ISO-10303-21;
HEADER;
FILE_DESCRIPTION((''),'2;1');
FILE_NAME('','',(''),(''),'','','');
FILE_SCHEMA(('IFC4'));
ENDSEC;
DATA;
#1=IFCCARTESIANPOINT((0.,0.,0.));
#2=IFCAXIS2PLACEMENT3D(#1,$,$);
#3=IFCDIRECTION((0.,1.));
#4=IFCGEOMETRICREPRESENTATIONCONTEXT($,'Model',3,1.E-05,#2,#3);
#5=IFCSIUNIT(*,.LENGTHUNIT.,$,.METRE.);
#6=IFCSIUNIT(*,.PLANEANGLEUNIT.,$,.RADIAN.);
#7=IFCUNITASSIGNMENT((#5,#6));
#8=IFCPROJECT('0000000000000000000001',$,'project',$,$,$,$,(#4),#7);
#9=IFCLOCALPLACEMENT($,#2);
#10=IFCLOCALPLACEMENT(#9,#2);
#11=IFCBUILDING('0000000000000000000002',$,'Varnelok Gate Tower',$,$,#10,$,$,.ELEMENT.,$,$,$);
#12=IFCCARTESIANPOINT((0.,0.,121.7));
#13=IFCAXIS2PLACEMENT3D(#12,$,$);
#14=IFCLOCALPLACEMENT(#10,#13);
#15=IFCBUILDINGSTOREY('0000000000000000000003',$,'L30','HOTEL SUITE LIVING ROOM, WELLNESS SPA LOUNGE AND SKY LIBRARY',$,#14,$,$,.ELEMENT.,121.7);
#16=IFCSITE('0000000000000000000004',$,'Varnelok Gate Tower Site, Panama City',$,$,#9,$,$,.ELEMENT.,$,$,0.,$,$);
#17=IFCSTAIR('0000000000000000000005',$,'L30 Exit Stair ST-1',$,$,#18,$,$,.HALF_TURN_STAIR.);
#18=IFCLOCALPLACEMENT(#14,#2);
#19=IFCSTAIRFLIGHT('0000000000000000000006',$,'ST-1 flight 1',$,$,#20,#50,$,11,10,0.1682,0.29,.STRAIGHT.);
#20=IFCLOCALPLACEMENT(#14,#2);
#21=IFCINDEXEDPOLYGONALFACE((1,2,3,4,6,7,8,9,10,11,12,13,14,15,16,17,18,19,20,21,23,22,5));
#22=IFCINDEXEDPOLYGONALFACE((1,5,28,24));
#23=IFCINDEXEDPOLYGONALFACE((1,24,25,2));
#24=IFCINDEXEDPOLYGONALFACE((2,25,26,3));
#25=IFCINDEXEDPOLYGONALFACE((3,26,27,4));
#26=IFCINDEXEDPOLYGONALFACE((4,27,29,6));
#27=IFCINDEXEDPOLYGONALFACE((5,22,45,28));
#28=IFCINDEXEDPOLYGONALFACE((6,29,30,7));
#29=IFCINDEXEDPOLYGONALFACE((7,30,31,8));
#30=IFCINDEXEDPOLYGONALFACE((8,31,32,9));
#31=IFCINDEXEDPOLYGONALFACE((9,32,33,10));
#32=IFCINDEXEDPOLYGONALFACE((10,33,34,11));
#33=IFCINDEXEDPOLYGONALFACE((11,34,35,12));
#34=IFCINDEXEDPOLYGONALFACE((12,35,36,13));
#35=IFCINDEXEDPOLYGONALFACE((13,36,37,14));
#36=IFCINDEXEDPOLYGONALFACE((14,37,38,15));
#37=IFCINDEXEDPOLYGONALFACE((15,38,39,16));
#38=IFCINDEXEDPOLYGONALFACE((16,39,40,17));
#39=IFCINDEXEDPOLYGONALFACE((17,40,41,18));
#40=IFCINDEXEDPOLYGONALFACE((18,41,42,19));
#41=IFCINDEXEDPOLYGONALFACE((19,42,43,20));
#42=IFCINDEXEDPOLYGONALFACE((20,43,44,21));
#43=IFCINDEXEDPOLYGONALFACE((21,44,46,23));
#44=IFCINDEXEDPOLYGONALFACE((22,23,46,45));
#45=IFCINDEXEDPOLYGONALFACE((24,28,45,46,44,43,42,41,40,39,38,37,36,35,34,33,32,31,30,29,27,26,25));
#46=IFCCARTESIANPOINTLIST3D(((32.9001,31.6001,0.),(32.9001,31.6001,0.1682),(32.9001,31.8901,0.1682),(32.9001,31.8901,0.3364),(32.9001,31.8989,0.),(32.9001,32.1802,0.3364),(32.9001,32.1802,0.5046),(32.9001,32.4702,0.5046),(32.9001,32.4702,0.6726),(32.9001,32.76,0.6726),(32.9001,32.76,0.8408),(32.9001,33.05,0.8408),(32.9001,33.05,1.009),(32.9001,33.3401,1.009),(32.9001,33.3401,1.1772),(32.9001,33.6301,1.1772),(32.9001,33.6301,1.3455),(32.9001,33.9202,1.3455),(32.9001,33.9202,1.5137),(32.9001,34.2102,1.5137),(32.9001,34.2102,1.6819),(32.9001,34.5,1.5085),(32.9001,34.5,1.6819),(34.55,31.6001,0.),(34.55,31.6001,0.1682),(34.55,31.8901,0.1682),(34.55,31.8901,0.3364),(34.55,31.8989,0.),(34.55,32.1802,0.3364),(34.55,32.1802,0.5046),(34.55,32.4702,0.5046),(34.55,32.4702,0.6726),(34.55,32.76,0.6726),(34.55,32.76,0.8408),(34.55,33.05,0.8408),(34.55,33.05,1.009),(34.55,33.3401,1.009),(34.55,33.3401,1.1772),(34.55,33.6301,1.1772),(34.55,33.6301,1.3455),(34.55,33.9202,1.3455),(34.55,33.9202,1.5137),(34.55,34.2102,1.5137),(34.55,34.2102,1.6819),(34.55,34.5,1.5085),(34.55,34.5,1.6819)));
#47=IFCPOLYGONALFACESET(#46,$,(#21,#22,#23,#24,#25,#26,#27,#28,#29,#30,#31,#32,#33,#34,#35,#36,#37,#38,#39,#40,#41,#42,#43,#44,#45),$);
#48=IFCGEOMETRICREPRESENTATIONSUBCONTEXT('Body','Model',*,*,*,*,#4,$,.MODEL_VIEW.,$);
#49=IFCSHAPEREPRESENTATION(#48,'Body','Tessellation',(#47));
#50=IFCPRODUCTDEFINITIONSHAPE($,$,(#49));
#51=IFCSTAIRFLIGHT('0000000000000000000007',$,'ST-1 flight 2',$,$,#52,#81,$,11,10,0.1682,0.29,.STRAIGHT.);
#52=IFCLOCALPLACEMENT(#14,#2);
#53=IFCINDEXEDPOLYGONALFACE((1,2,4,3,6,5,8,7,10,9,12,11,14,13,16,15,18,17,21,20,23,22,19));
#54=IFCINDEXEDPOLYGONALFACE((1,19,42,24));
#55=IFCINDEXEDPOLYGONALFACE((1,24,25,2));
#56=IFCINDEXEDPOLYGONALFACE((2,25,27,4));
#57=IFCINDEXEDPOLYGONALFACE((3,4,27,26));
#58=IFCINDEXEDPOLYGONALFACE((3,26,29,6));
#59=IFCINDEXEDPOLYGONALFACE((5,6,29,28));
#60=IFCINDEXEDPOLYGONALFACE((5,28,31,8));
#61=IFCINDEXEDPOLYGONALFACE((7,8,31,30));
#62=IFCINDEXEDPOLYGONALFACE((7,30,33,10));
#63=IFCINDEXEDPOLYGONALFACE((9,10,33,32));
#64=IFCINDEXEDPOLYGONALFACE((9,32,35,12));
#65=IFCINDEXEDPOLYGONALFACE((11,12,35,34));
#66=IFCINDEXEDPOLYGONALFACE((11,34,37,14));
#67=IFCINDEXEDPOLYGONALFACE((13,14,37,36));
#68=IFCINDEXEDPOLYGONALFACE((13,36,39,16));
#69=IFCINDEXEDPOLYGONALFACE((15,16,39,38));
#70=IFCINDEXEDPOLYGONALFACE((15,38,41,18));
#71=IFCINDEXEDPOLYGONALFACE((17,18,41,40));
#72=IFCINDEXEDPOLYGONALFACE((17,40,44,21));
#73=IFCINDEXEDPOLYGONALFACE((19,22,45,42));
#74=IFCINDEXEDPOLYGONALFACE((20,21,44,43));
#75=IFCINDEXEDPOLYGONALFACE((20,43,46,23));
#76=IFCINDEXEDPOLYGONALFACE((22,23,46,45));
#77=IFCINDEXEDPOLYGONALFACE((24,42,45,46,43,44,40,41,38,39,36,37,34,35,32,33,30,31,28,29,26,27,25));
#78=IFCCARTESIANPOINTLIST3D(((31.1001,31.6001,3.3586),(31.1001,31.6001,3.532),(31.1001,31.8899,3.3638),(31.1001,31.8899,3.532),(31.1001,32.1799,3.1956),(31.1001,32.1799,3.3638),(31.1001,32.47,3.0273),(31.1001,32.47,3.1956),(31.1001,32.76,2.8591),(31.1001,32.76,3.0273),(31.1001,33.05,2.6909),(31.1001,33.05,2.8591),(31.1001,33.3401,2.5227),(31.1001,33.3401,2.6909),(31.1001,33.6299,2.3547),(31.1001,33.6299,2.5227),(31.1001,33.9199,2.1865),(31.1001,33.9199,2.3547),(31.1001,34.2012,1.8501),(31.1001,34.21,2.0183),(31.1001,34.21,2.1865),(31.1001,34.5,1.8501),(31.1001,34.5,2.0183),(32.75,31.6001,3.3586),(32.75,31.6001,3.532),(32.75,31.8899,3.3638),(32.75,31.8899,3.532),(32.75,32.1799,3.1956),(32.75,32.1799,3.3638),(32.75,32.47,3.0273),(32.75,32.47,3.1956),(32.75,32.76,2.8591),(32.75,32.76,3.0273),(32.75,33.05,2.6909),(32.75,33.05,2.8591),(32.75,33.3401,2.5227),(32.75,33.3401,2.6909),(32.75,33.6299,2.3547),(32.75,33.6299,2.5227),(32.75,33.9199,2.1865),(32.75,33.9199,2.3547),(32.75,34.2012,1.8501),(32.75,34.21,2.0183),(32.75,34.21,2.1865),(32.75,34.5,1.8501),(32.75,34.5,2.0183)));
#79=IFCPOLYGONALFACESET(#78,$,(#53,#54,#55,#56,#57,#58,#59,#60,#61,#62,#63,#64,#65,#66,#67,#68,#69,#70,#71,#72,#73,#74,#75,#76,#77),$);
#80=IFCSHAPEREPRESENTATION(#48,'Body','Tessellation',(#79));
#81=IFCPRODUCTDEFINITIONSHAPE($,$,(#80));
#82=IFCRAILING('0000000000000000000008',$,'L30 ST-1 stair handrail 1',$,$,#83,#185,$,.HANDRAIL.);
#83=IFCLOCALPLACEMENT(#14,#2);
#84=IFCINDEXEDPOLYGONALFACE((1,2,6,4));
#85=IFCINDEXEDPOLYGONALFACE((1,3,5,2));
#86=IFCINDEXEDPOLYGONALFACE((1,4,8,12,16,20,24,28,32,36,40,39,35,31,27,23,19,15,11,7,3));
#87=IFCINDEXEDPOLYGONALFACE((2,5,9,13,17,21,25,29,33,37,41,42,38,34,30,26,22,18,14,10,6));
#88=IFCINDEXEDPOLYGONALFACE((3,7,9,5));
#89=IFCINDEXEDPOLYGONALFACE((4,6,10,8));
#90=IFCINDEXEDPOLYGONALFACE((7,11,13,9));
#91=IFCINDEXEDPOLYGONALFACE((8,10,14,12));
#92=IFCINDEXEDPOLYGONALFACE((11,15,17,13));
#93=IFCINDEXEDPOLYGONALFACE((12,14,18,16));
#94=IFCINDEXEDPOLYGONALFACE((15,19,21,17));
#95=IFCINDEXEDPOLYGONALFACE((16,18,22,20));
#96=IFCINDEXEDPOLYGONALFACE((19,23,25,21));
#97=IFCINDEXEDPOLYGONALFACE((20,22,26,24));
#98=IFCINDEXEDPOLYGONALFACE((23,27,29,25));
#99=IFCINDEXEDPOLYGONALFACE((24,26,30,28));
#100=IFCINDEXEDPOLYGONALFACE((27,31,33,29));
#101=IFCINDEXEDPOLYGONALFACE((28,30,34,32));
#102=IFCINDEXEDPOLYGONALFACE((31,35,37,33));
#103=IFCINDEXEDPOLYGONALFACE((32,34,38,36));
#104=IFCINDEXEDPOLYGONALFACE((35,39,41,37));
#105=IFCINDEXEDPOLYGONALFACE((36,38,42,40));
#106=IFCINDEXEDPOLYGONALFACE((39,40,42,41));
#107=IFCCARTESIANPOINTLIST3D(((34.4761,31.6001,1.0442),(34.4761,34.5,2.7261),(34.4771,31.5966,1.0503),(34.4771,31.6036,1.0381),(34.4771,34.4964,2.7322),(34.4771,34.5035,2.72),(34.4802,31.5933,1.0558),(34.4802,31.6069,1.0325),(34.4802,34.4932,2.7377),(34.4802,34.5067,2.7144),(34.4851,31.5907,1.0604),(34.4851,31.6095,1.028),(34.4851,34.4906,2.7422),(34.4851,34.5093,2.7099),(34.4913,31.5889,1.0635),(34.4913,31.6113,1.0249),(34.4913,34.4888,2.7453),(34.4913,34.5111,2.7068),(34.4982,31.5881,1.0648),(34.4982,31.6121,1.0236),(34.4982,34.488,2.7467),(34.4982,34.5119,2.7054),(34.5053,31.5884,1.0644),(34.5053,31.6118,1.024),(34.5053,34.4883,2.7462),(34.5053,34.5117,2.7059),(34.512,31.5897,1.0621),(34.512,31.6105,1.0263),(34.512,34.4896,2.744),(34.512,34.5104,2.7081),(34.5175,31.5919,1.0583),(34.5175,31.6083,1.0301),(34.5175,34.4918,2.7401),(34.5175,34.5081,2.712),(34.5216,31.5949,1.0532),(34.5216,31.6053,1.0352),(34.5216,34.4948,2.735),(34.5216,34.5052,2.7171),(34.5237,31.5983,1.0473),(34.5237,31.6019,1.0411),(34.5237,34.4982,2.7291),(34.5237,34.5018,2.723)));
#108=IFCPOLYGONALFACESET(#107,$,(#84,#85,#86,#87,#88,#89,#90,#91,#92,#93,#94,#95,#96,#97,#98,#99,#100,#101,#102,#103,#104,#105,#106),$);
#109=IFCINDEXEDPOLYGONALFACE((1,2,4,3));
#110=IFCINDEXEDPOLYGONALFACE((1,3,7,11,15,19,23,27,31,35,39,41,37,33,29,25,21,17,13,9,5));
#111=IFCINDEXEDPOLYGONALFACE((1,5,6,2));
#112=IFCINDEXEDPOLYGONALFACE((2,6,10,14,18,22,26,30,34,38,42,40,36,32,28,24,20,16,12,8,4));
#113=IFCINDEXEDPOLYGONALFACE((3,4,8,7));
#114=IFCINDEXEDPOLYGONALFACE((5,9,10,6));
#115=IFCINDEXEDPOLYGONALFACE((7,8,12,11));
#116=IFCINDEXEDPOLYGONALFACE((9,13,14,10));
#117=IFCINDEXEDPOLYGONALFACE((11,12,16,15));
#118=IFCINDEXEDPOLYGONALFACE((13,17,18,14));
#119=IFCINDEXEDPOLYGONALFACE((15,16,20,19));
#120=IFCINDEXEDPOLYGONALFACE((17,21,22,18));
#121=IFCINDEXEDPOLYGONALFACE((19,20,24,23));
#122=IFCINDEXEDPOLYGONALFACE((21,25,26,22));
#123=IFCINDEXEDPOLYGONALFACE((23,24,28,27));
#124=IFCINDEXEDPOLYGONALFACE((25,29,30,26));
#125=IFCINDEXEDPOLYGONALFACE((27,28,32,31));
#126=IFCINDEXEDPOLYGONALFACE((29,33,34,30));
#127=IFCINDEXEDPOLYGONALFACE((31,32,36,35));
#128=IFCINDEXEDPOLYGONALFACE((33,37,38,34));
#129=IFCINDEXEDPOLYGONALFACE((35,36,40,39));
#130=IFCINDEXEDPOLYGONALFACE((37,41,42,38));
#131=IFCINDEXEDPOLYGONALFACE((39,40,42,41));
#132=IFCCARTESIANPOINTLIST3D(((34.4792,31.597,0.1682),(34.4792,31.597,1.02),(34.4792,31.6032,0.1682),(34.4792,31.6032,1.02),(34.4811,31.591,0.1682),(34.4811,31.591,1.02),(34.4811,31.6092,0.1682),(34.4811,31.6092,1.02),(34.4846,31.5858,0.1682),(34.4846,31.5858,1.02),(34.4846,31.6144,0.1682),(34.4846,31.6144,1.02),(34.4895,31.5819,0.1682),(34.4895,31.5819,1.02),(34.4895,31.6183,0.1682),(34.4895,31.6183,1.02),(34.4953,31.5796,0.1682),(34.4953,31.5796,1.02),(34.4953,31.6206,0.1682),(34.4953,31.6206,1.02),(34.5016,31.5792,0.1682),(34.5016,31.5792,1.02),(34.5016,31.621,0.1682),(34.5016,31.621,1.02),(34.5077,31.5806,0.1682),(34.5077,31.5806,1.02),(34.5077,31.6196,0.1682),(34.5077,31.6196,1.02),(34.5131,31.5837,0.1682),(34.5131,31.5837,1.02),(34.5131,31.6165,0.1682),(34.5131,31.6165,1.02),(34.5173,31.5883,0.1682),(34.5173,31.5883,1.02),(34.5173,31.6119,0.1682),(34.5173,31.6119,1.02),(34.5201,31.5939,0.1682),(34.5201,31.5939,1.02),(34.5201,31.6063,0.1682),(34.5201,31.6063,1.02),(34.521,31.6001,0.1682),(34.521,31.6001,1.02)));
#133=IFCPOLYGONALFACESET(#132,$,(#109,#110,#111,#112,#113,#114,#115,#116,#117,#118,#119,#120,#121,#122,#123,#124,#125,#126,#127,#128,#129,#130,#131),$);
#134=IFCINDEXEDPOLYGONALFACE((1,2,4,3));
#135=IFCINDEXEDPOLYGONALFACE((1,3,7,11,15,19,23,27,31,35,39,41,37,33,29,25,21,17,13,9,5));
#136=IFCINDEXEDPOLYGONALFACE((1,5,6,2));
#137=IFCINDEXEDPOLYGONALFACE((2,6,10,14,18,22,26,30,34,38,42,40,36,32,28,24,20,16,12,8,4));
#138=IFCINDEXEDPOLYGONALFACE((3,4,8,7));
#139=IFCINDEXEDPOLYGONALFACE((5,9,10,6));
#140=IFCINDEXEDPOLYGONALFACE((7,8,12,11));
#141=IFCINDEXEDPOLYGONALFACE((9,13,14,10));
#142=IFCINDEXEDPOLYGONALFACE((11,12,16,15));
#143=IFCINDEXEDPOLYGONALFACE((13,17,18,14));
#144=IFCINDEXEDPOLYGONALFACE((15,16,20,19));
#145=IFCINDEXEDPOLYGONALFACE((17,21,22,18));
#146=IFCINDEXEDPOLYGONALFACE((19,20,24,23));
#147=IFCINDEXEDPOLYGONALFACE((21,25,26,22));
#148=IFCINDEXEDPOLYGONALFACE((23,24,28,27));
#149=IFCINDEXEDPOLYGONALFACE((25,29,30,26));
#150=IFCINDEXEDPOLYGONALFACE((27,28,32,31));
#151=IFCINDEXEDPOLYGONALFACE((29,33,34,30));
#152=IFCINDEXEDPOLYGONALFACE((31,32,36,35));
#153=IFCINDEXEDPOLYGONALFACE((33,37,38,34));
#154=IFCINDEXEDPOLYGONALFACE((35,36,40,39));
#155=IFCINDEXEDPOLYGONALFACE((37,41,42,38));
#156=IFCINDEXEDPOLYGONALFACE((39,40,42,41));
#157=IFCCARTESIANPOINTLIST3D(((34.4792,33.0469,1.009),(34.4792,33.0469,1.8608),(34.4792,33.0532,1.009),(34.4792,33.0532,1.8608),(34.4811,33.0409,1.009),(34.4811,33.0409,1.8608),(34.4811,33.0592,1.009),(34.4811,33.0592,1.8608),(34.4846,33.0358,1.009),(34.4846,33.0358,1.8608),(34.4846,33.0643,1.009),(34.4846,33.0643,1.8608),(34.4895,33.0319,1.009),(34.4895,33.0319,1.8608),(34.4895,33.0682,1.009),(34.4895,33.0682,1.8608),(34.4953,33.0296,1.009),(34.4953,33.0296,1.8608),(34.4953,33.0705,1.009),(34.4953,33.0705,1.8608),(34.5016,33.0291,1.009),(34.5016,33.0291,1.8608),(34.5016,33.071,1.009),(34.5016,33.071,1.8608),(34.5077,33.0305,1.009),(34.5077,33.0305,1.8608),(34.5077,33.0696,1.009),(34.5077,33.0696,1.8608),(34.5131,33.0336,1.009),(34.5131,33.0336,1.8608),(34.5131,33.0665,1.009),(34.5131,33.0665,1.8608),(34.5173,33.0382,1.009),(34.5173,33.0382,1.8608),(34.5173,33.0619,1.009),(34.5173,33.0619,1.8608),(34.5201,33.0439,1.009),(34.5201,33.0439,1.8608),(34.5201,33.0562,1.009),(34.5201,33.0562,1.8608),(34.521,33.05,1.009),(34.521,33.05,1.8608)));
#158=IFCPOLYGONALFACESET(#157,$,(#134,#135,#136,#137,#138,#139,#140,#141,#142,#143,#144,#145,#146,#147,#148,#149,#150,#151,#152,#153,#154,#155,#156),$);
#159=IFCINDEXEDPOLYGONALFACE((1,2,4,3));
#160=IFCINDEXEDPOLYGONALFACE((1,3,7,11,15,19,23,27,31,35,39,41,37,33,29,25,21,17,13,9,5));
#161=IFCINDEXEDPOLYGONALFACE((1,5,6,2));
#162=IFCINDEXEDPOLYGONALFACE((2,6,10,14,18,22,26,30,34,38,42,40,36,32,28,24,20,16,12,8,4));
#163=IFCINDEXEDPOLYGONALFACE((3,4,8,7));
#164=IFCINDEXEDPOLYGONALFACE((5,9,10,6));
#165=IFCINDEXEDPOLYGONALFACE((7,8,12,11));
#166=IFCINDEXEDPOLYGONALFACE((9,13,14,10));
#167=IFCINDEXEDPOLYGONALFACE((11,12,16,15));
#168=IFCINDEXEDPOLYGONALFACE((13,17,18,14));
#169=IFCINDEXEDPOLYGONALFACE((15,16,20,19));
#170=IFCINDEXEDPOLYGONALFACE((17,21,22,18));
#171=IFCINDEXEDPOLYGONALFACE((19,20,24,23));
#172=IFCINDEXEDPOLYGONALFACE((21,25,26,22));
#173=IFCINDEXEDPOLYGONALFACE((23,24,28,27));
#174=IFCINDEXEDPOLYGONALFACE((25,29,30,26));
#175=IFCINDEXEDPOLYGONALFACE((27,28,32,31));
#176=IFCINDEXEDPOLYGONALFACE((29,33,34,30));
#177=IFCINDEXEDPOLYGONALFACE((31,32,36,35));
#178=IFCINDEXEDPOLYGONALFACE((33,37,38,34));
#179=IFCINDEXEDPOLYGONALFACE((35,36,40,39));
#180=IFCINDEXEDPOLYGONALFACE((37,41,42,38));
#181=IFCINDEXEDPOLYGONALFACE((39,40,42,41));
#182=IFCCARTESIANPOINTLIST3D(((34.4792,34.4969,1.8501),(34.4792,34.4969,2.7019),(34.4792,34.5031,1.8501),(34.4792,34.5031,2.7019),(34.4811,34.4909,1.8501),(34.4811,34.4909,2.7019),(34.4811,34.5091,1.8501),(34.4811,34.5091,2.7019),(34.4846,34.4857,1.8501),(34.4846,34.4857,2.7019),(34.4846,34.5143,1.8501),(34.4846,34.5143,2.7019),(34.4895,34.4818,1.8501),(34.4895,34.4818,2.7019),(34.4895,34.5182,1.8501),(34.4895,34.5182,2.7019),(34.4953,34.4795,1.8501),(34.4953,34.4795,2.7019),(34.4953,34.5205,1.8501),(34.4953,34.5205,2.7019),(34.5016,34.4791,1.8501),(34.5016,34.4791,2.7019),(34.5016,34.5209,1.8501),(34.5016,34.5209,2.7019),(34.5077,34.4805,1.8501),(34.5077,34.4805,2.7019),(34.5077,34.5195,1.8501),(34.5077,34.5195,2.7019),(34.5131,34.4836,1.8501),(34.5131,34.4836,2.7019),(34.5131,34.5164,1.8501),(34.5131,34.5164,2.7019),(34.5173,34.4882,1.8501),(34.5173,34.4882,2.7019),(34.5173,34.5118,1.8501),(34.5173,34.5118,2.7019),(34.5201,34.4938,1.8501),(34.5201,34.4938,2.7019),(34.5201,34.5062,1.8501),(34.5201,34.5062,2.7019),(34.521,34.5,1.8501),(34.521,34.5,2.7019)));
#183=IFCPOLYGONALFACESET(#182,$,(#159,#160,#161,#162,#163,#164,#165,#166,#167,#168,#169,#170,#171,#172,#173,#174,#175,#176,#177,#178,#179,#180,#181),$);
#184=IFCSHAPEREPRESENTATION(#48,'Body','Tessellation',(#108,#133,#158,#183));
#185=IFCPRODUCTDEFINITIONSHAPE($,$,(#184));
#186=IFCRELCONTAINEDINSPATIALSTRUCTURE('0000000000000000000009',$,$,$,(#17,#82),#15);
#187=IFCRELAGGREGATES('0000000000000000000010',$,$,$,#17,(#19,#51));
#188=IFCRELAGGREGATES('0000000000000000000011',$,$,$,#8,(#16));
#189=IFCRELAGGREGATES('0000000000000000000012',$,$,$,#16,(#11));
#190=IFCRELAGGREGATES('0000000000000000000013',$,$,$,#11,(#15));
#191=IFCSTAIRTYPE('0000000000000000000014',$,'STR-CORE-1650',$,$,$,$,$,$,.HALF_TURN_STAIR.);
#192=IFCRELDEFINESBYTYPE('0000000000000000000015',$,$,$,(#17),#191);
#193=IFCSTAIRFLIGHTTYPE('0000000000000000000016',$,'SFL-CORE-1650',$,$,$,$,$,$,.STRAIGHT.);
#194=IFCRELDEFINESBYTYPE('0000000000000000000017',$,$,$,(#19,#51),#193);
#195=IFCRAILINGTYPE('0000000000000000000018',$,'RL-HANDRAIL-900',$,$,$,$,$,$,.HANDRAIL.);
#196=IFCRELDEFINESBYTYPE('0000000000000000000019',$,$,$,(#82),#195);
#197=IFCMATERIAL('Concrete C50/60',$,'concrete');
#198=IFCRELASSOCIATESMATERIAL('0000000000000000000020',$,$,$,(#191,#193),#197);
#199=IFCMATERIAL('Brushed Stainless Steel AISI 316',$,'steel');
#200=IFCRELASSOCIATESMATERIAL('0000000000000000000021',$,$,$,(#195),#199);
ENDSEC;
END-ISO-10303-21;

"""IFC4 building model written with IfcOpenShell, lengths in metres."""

from ifc_helpers import new_model, si_unit, direction, frame, origin, origin_2d, place, context, subcontext, project, spatial, polyline, circle, outline, extrude, material, type_object, element, aggregate, save


model = new_model("IFC4")

# Units and contexts
model_context = context("Model", 3, precision=1e-05, world=origin(), true_north=direction((0.0, 1.0)))
body_context = subcontext(model_context, "Body", "Model", "MODEL_VIEW")
ifc_project = project(units=[si_unit("LENGTHUNIT", "METRE"), si_unit("PLANEANGLEUNIT", "RADIAN")], contexts=[model_context])

# Site, building, storey
site_placement = place(None, origin())
site = spatial("IfcSite", under=ifc_project, at=site_placement, Name="Varnelok Gate Tower Site, Panama City", CompositionType="ELEMENT", RefElevation=0.0)
building_placement = place(site_placement, origin())
building = spatial("IfcBuilding", under=site, at=building_placement, Name="Varnelok Gate Tower", CompositionType="ELEMENT")
storey_placement = place(building_placement, frame((0.0, 0.0, 121.7)))
storey = spatial("IfcBuildingStorey", under=building, at=storey_placement, Name="L30", Description="HOTEL SUITE LIVING ROOM, WELLNESS SPA LOUNGE AND SKY LIBRARY", CompositionType="ELEMENT", Elevation=121.7)

# Stair, stair flights
ifc_material_1 = material(Name="Concrete C50/60", Category="concrete")
stair_type = type_object("IfcStairType", Name="STR-CORE-1650", PredefinedType="HALF_TURN_STAIR", material=ifc_material_1)
stair_placement = place(storey_placement, origin())
stair = element("IfcStair", 1, at=stair_placement, inside=storey, type_object=stair_type, Name="L30 Exit Stair ST-1", PredefinedType="HALF_TURN_STAIR")
stair_flight_type = type_object("IfcStairFlightType", Name="SFL-CORE-1650", PredefinedType="STRAIGHT", material=ifc_material_1)
stair_flight_1_placement = place(storey_placement, frame((33.7251, 31.6001, 0.0), z_axis=(0.0, 0.0, 1.0), x_axis=(0.0, 1.0, 0.0)))
stair_flight_1 = element("IfcStairFlight", 2, at=stair_flight_1_placement, type_object=stair_flight_type, Name="ST-1 flight 1", NumberOfRisers=11, NumberOfTreads=10, PredefinedType="STRAIGHT", RiserHeight=0.1682, TreadLength=0.29, context=body_context, shape_type="SweptSolid", body=[
    extrude(outline(polyline([(0.0, 0.0), (0.0, 0.1682), (0.29, 0.1682), (0.29, 0.3364), (0.5801, 0.3364), (0.5801, 0.5046), (0.8701, 0.5046), (0.8701, 0.6726), (1.1599, 0.6726), (1.1599, 0.8408), (1.45, 0.8408), (1.45, 1.009), (1.74, 1.009), (1.74, 1.1772), (2.03, 1.1772), (2.03, 1.3455), (2.3201, 1.3455), (2.3201, 1.5137), (2.6101, 1.5137), (2.6101, 1.6819), (2.8999, 1.6819), (2.8999, 1.8501), (2.8999, 1.5085), (0.2988, 0.0), (0.0, 0.0)])), frame((0.0, 0.825, 0.0), z_axis=(0.0, -1.0, 0.0), x_axis=(1.0, 0.0, 0.0)), (0.0, 0.0, 1.0), 1.6499),
])
stair_flight_2_placement = place(storey_placement, frame((31.925, 34.5, 1.8501), z_axis=(0.0, 0.0, 1.0), x_axis=(0.0, -1.0, 0.0)))
stair_flight_2 = element("IfcStairFlight", 3, at=stair_flight_2_placement, type_object=stair_flight_type, Name="ST-1 flight 2", NumberOfRisers=11, NumberOfTreads=10, PredefinedType="STRAIGHT", RiserHeight=0.1682, TreadLength=0.29, context=body_context, shape_type="SweptSolid", body=[
    extrude(outline(polyline([(0.0, 0.0), (0.0, 0.1682), (0.29, 0.1682), (0.29, 0.3364), (0.5801, 0.3364), (0.5801, 0.5046), (0.8701, 0.5046), (0.8701, 0.6726), (1.1599, 0.6726), (1.1599, 0.8408), (1.45, 0.8408), (1.45, 1.009), (1.74, 1.009), (1.74, 1.1772), (2.03, 1.1772), (2.03, 1.3455), (2.3201, 1.3455), (2.3201, 1.5137), (2.6101, 1.5137), (2.6101, 1.6819), (2.8999, 1.6819), (2.8999, 1.8501), (2.8999, 1.5085), (0.2988, 0.0), (0.0, 0.0)])), frame((0.0, 0.825, 0.0), z_axis=(0.0, -1.0, 0.0), x_axis=(1.0, 0.0, 0.0)), (0.0, 0.0, 1.0), 1.6499),
])
aggregate(stair, [stair_flight_1, stair_flight_2])

# Railing
ifc_material_2 = material(Name="Brushed Stainless Steel AISI 316", Category="steel")
railing_type_1 = type_object("IfcRailingType", Name="RL-HANDRAIL-900", PredefinedType="HANDRAIL", material=ifc_material_2)
railing_1_placement = place(storey_placement, frame((34.5, 31.6001, 0.1682)))
element("IfcRailing", 4, at=railing_1_placement, inside=storey, type_object=railing_type_1, Name="L30 ST-1 stair handrail 1", PredefinedType="HANDRAIL", context=body_context, shape_type="SweptSolid", body=[
    extrude(circle(Radius=0.0239, at=origin_2d()), frame((0.0, 0.0, 0.876), z_axis=(0.0, 0.865039, 0.501705), x_axis=(-1.0, 0.0, 0.0)), (0.0, 0.0, 1.0), 3.3523),
    extrude(circle(Radius=0.021, at=origin_2d()), origin(), (0.0, 0.0, 1.0), 0.8518),
    extrude(circle(Radius=0.021, at=origin_2d()), frame((0.0, 1.45, 0.8408)), (0.0, 0.0, 1.0), 0.8518),
    extrude(circle(Radius=0.021, at=origin_2d()), frame((0.0, 2.8999, 1.6819)), (0.0, 0.0, 1.0), 0.8518),
])

save(model, "model.ifc")
